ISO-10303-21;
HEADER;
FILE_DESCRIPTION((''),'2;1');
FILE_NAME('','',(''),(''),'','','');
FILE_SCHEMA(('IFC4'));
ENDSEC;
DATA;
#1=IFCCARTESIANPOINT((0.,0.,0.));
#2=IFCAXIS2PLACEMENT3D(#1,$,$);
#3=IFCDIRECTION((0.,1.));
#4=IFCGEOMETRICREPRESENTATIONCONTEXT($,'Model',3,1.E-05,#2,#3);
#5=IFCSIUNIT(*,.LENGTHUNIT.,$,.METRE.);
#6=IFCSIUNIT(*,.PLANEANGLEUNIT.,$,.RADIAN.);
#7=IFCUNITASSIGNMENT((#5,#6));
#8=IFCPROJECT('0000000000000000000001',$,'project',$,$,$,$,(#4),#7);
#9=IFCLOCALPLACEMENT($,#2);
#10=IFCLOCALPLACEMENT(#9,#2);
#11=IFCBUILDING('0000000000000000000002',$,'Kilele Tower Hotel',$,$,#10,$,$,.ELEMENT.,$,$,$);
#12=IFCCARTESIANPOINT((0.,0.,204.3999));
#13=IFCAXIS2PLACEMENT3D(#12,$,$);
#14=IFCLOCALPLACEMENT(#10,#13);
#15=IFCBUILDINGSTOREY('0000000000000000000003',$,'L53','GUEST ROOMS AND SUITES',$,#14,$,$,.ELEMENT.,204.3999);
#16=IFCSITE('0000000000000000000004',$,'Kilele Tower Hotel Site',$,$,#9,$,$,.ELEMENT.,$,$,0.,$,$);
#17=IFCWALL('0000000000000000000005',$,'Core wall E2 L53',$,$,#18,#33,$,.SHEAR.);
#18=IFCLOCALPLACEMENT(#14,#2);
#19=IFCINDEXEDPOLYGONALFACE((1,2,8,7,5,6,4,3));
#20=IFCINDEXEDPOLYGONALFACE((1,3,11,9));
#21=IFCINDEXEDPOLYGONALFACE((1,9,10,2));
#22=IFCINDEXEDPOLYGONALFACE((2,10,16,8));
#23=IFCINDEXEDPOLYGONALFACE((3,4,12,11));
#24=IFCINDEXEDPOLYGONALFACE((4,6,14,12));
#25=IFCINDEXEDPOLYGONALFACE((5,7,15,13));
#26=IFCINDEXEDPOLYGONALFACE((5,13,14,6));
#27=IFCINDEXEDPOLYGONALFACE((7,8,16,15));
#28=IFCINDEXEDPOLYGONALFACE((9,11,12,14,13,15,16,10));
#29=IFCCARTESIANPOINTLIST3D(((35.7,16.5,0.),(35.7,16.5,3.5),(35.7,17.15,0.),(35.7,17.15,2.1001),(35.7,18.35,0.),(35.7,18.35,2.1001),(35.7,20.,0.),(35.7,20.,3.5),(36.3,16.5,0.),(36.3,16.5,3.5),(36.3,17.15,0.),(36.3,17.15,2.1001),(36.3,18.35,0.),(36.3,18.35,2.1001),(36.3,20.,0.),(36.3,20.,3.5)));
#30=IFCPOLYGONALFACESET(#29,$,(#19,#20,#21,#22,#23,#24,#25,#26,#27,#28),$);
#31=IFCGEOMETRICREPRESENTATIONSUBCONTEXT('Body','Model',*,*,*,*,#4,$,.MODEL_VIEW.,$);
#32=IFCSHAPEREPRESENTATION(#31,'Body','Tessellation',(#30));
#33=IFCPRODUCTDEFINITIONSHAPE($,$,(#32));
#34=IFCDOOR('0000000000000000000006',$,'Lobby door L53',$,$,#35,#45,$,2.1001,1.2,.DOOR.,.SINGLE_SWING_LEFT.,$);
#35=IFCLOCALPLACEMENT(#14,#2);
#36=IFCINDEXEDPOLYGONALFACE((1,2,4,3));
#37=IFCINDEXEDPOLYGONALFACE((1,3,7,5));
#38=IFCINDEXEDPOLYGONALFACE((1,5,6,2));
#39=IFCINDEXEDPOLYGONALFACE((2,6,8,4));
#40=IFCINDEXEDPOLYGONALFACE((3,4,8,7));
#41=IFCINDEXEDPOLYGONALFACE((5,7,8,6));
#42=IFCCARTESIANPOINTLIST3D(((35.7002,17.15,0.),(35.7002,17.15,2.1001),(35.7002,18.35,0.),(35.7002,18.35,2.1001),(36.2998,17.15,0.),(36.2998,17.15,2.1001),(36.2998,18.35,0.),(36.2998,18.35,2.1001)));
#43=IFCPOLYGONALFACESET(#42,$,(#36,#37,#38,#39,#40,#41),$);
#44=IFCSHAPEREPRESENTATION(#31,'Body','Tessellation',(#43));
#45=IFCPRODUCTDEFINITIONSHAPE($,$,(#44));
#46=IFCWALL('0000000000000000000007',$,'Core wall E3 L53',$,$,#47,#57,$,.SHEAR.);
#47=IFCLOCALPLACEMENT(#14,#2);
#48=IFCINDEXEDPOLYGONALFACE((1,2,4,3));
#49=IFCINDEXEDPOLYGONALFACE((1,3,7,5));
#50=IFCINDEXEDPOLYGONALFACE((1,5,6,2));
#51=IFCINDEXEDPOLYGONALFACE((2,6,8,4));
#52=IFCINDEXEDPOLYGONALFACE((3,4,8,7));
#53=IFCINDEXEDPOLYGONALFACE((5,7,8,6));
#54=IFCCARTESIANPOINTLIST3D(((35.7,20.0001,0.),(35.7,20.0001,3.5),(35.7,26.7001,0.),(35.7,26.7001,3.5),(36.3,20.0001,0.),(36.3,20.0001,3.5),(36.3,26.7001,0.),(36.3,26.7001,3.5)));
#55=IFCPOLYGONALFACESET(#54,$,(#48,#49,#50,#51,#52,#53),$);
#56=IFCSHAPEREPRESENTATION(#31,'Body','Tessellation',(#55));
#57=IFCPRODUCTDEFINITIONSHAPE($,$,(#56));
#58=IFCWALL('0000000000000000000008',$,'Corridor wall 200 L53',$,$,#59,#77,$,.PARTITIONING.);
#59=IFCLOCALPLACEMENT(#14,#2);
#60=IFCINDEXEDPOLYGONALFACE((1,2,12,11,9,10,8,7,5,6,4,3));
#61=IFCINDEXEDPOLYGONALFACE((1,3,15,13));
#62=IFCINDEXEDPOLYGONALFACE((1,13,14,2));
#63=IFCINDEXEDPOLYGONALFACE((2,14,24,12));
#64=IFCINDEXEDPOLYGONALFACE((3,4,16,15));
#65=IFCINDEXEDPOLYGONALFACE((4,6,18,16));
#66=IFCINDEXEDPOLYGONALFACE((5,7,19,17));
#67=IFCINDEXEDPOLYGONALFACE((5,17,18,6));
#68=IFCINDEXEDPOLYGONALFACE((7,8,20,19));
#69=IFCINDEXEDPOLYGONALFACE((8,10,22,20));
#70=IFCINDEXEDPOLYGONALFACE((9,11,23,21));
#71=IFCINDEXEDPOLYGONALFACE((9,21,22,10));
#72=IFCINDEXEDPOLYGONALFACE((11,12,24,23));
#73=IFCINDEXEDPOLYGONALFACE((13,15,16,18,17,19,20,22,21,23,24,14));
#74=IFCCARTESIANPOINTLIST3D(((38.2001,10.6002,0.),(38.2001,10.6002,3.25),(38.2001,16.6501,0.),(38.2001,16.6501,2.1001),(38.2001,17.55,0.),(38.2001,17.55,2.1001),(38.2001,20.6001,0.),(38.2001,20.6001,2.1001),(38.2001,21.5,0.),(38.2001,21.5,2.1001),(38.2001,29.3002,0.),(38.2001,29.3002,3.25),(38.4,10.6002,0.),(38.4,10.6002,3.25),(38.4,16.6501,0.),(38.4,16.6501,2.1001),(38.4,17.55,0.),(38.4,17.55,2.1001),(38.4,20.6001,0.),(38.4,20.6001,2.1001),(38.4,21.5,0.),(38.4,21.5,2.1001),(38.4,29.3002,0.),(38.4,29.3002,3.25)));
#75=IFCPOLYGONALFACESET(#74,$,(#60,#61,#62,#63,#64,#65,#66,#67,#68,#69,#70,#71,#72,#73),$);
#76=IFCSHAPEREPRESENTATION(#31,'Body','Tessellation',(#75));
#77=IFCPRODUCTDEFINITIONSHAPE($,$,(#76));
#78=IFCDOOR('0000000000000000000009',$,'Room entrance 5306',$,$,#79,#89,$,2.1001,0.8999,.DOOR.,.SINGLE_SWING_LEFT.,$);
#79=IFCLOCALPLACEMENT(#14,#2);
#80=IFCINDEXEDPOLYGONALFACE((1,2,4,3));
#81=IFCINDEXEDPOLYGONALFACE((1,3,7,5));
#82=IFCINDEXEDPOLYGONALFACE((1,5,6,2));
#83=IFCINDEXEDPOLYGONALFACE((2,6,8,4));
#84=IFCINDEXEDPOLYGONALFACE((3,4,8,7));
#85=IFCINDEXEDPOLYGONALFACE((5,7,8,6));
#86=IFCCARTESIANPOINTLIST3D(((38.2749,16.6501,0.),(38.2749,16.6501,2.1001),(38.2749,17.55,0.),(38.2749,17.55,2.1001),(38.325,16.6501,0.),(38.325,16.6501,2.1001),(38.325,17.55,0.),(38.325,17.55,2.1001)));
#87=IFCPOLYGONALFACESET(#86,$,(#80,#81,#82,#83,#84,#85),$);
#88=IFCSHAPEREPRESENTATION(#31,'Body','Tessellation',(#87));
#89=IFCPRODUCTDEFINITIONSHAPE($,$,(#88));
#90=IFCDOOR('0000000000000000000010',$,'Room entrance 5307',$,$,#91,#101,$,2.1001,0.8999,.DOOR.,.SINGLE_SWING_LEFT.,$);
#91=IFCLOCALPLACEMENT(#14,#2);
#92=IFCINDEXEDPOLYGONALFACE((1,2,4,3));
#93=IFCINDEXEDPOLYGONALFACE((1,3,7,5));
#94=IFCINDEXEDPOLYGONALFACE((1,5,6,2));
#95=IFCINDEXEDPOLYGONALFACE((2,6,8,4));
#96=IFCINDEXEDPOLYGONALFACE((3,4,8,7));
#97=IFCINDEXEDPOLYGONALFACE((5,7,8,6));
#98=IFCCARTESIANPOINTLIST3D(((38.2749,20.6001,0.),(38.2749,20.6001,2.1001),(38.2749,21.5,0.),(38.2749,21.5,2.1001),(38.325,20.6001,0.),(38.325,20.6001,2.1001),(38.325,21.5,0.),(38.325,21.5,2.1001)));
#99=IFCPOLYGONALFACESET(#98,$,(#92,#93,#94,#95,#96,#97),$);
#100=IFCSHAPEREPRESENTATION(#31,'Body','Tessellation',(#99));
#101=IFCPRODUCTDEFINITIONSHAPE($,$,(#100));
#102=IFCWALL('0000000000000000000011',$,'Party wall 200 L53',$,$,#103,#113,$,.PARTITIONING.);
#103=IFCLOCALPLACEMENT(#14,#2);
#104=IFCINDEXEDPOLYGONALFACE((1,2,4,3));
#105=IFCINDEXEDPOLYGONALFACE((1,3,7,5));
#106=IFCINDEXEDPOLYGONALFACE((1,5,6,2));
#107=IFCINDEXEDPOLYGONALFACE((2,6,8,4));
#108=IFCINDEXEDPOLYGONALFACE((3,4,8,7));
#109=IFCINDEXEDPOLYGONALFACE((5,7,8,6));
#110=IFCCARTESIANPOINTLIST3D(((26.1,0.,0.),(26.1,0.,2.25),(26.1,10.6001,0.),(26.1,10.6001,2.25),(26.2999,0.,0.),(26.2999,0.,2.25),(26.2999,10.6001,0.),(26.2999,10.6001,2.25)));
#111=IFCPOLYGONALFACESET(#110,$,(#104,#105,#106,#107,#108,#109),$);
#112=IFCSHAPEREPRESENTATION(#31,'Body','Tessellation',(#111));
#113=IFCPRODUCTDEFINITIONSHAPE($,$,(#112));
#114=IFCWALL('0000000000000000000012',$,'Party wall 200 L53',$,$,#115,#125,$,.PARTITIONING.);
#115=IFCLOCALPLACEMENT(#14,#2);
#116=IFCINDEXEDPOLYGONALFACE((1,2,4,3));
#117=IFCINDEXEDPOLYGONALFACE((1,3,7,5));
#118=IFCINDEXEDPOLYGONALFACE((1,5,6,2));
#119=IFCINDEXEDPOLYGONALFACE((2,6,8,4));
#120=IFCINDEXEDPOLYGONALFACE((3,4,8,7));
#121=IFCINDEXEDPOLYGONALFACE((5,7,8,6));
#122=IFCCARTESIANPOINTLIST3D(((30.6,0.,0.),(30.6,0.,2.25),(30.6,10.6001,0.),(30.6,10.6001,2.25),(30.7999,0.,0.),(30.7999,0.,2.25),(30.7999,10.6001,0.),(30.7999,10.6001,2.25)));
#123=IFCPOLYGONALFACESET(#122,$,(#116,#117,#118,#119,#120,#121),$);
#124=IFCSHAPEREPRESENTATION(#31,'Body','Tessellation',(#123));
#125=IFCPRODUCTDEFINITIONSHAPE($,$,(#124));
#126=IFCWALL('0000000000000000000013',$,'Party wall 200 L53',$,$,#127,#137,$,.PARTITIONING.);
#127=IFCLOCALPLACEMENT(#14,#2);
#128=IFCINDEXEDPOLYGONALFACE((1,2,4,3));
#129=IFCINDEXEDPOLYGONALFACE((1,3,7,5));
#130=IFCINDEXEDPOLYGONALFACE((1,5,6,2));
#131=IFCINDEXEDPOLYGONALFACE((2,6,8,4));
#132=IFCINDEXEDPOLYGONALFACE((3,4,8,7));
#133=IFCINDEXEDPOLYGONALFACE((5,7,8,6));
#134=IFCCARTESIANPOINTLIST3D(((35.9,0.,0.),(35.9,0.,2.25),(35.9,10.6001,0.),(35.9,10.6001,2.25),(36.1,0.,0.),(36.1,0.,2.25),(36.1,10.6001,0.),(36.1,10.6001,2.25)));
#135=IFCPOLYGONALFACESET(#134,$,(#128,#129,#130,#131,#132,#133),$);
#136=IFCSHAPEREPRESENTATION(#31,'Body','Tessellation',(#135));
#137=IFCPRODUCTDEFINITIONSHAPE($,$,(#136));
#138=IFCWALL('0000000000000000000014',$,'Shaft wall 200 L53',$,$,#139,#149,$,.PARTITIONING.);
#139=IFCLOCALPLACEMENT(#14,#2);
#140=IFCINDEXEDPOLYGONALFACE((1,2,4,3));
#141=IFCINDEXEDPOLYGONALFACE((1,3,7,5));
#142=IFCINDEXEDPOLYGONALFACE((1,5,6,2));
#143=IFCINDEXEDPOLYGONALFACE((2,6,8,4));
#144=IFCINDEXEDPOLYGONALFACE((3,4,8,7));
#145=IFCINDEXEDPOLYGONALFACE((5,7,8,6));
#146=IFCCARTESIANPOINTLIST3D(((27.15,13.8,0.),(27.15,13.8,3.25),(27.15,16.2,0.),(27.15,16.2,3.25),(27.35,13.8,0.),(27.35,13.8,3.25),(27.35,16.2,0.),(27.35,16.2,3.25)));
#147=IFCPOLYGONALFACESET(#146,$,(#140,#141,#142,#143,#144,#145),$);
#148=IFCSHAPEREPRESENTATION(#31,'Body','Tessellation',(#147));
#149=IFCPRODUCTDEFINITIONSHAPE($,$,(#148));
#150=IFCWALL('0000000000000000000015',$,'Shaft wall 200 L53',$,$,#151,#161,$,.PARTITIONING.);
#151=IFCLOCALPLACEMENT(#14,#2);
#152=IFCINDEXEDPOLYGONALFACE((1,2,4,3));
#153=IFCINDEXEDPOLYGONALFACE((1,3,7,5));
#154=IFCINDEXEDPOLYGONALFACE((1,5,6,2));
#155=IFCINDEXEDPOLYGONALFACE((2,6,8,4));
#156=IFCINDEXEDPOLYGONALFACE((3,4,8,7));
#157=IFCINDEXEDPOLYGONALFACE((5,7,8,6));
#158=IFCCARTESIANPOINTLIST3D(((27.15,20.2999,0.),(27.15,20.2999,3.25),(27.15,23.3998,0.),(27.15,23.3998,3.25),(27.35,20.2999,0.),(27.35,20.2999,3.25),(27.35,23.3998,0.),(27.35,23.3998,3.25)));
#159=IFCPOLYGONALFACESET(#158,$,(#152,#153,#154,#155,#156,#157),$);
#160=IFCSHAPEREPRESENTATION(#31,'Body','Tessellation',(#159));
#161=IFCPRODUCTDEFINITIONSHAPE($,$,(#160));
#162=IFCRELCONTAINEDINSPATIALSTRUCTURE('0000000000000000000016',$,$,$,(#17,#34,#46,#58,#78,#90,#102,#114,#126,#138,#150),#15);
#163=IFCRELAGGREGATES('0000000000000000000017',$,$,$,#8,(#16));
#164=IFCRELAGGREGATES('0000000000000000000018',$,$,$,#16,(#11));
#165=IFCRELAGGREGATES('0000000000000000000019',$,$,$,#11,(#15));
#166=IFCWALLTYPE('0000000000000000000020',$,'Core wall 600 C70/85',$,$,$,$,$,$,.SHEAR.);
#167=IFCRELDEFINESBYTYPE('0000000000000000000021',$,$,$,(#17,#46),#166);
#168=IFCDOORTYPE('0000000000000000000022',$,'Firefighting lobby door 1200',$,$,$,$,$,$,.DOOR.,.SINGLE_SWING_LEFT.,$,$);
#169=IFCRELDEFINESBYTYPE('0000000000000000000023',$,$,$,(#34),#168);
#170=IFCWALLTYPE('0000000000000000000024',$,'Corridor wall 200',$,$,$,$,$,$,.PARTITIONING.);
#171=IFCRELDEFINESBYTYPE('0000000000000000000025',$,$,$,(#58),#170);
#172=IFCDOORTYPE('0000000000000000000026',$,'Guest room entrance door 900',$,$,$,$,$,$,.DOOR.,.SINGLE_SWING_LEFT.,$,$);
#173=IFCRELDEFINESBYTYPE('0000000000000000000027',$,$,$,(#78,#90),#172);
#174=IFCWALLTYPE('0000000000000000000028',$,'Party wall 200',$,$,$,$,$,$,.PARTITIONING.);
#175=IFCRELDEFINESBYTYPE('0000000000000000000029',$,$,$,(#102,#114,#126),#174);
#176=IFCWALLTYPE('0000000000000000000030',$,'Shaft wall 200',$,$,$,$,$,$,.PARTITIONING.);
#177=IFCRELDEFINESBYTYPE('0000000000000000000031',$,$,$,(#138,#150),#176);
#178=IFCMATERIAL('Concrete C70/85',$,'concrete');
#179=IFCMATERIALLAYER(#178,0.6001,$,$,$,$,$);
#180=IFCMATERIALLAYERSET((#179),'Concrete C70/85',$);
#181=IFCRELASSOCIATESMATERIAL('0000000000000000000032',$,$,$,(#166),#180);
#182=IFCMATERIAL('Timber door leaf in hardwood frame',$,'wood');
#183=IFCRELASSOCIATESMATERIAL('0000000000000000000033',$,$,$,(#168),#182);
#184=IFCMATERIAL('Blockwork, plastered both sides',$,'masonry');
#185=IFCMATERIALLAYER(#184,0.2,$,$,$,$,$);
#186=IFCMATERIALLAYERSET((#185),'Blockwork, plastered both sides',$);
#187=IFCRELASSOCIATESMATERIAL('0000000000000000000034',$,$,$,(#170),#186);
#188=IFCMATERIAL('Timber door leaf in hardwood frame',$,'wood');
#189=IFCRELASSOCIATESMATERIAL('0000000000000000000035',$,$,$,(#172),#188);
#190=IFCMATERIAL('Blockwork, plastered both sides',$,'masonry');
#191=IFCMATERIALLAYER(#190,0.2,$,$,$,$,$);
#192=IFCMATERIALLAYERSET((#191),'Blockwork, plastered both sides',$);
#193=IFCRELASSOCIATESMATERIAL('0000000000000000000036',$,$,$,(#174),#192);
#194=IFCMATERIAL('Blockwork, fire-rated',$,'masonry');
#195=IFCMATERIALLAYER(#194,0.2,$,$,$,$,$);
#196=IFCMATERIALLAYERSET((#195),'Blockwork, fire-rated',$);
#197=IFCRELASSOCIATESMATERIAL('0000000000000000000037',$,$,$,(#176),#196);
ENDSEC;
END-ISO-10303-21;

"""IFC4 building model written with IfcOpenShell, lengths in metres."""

from ifc_helpers import new_model, si_unit, direction, frame, frame_2d, origin, place, context, subcontext, project, spatial, rectangle, extrude, material, layer, layer_set, type_object, element, fill, save


model = new_model("IFC4")

# Units and contexts
model_context = context("Model", 3, precision=1e-05, world=origin(), true_north=direction((0.0, 1.0)))
body_context = subcontext(model_context, "Body", "Model", "MODEL_VIEW")
ifc_project = project(units=[si_unit("LENGTHUNIT", "METRE"), si_unit("PLANEANGLEUNIT", "RADIAN")], contexts=[model_context])

# Site, building, storey
site_placement = place(None, origin())
site = spatial("IfcSite", under=ifc_project, at=site_placement, Name="Kilele Tower Hotel Site", CompositionType="ELEMENT", RefElevation=0.0)
building_placement = place(site_placement, origin())
building = spatial("IfcBuilding", under=site, at=building_placement, Name="Kilele Tower Hotel", CompositionType="ELEMENT")
storey_placement = place(building_placement, frame((0.0, 0.0, 204.3999)))
storey = spatial("IfcBuildingStorey", under=building, at=storey_placement, Name="L53", Description="GUEST ROOMS AND SUITES", CompositionType="ELEMENT", Elevation=204.3999)

# Shared definitions
ifc_material_1 = material(Name="Concrete C70/85", Category="concrete")
ifc_layer_1 = layer(ifc_material_1, 0.6001)
ifc_layer_set_1 = layer_set([ifc_layer_1], Name="Concrete C70/85")
wall_type_1 = type_object("IfcWallType", Name="Core wall 600 C70/85", PredefinedType="SHEAR", material=ifc_layer_set_1)
ifc_material_2 = material(Name="Timber door leaf in hardwood frame", Category="wood")
door_type_1 = type_object("IfcDoorType", Name="Firefighting lobby door 1200", OperationType="SINGLE_SWING_LEFT", PredefinedType="DOOR", material=ifc_material_2)

# Wall, opening, door
wall_1_placement = place(storey_placement, frame((36.0, 16.5, 0.0), z_axis=(0.0, 0.0, 1.0), x_axis=(0.0, 1.0, 0.0)))
wall_1 = element("IfcWall", 1, at=wall_1_placement, inside=storey, type_object=wall_type_1, Name="Core wall E2 L53", PredefinedType="SHEAR", context=body_context, shape_type="SweptSolid", body=[
    extrude(rectangle(XDim=3.5, YDim=0.6001, at=frame_2d((1.75, 0.0))), origin(), (0.0, 0.0, 1.0), 3.5),
])
opening_1_placement = place(wall_1_placement, frame((0.6499, 0.0, 0.0)))
opening_1 = element("IfcOpeningElement", 2, at=opening_1_placement, cuts=wall_1, PredefinedType="OPENING", context=body_context, shape_type="SweptSolid", body=[
    extrude(rectangle(XDim=1.2, YDim=2.1001, at=frame_2d((0.6001, 1.05))), frame((0.0, 0.3101, 0.0), z_axis=(0.0, -1.0, 0.0), x_axis=(1.0, 0.0, 0.0)), (0.0, 0.0, 1.0), 0.6201),
])
door_1_placement = place(opening_1_placement, origin())
door_1 = element("IfcDoor", 3, at=door_1_placement, inside=storey, type_object=door_type_1, Name="Lobby door L53", OperationType="SINGLE_SWING_LEFT", OverallHeight=2.1001, OverallWidth=1.2, PredefinedType="DOOR", context=body_context, shape_type="SweptSolid", body=[
    extrude(rectangle(XDim=1.2, YDim=2.1001, at=frame_2d((0.6001, 1.05))), frame((0.0, 0.2998, 0.0), z_axis=(0.0, -1.0, 0.0), x_axis=(1.0, 0.0, 0.0)), (0.0, 0.0, 1.0), 0.5996),
])
fill(opening_1, door_1)

# Wall
wall_2_placement = place(storey_placement, frame((36.0, 20.0, 0.0), z_axis=(0.0, 0.0, 1.0), x_axis=(0.0, 1.0, 0.0)))
element("IfcWall", 4, at=wall_2_placement, inside=storey, type_object=wall_type_1, Name="Core wall E3 L53", PredefinedType="SHEAR", context=body_context, shape_type="SweptSolid", body=[
    extrude(rectangle(XDim=6.7, YDim=0.6001, at=frame_2d((3.3501, 0.0))), origin(), (0.0, 0.0, 1.0), 3.5),
])

# Wall, openings, doors
ifc_material_3 = material(Name="Blockwork, plastered both sides", Category="masonry")
ifc_layer_2 = layer(ifc_material_3, 0.2)
ifc_layer_set_2 = layer_set([ifc_layer_2], Name="Blockwork, plastered both sides")
wall_type_2 = type_object("IfcWallType", Name="Corridor wall 200", PredefinedType="PARTITIONING", material=ifc_layer_set_2)
wall_3_placement = place(storey_placement, frame((38.3, 10.6001, 0.0), z_axis=(0.0, 0.0, 1.0), x_axis=(0.0, 1.0, 0.0)))
wall_3 = element("IfcWall", 5, at=wall_3_placement, inside=storey, type_object=wall_type_2, Name="Corridor wall 200 L53", PredefinedType="PARTITIONING", context=body_context, shape_type="SweptSolid", body=[
    extrude(rectangle(XDim=18.7, YDim=0.2, at=frame_2d((9.3501, 0.0))), origin(), (0.0, 0.0, 1.0), 3.25),
])
opening_2_placement = place(wall_3_placement, frame((6.95, 0.0, 0.0), z_axis=(0.0, 0.0, 1.0), x_axis=(-1.0, 0.0, 0.0)))
opening_2 = element("IfcOpeningElement", 6, at=opening_2_placement, cuts=wall_3, PredefinedType="OPENING", context=body_context, shape_type="SweptSolid", body=[
    extrude(rectangle(XDim=0.8999, YDim=2.1001, at=frame_2d((0.45, 1.05))), frame((0.0, 0.1099, 0.0), z_axis=(0.0, -1.0, 0.0), x_axis=(1.0, 0.0, 0.0)), (0.0, 0.0, 1.0), 0.22),
])
opening_3_placement = place(wall_3_placement, frame((10.8999, 0.0, 0.0), z_axis=(0.0, 0.0, 1.0), x_axis=(-1.0, 0.0, 0.0)))
opening_3 = element("IfcOpeningElement", 7, at=opening_3_placement, cuts=wall_3, PredefinedType="OPENING", context=body_context, shape_type="SweptSolid", body=[
    extrude(rectangle(XDim=0.8999, YDim=2.1001, at=frame_2d((0.45, 1.05))), frame((0.0, 0.1099, 0.0), z_axis=(0.0, -1.0, 0.0), x_axis=(1.0, 0.0, 0.0)), (0.0, 0.0, 1.0), 0.22),
])
ifc_material_4 = material(Name="Timber door leaf in hardwood frame", Category="wood")
door_type_2 = type_object("IfcDoorType", Name="Guest room entrance door 900", OperationType="SINGLE_SWING_LEFT", PredefinedType="DOOR", material=ifc_material_4)
door_2_placement = place(opening_2_placement, origin())
door_2 = element("IfcDoor", 8, at=door_2_placement, inside=storey, type_object=door_type_2, Name="Room entrance 5306", OperationType="SINGLE_SWING_LEFT", OverallHeight=2.1001, OverallWidth=0.8999, PredefinedType="DOOR", context=body_context, shape_type="SweptSolid", body=[
    extrude(rectangle(XDim=0.8999, YDim=2.1001, at=frame_2d((0.45, 1.05))), frame((0.0, 0.0249, 0.0), z_axis=(0.0, -1.0, 0.0), x_axis=(1.0, 0.0, 0.0)), (0.0, 0.0, 1.0), 0.05),
])
fill(opening_2, door_2)
door_3_placement = place(opening_3_placement, origin())
door_3 = element("IfcDoor", 9, at=door_3_placement, inside=storey, type_object=door_type_2, Name="Room entrance 5307", OperationType="SINGLE_SWING_LEFT", OverallHeight=2.1001, OverallWidth=0.8999, PredefinedType="DOOR", context=body_context, shape_type="SweptSolid", body=[
    extrude(rectangle(XDim=0.8999, YDim=2.1001, at=frame_2d((0.45, 1.05))), frame((0.0, 0.0249, 0.0), z_axis=(0.0, -1.0, 0.0), x_axis=(1.0, 0.0, 0.0)), (0.0, 0.0, 1.0), 0.05),
])
fill(opening_3, door_3)

# Walls
ifc_material_5 = material(Name="Blockwork, plastered both sides", Category="masonry")
ifc_layer_3 = layer(ifc_material_5, 0.2)
ifc_layer_set_3 = layer_set([ifc_layer_3], Name="Blockwork, plastered both sides")
wall_type_3 = type_object("IfcWallType", Name="Party wall 200", PredefinedType="PARTITIONING", material=ifc_layer_set_3)
for number, where, z_axis, x_axis, name in (
    (10, (26.2, 10.6001, 0.0), (0.0, 0.0, 1.0), (0.0, -1.0, 0.0), "Party wall 200 L53"),
    (11, (30.7, 10.6001, 0.0), (0.0, 0.0, 1.0), (0.0, -1.0, 0.0), "Party wall 200 L53"),
    (12, (36.0, 10.6001, 0.0), (0.0, 0.0, 1.0), (0.0, -1.0, 0.0), "Party wall 200 L53"),
):
    element("IfcWall", number, at=place(storey_placement, frame(where, z_axis=z_axis, x_axis=x_axis)), inside=storey, type_object=wall_type_3, Name=name, PredefinedType="PARTITIONING", context=body_context, shape_type="SweptSolid", body=[
        extrude(rectangle(XDim=10.6001, YDim=0.2, at=frame_2d((5.3, 0.0))), origin(), (0.0, 0.0, 1.0), 2.25),
    ])
ifc_material_6 = material(Name="Blockwork, fire-rated", Category="masonry")
ifc_layer_4 = layer(ifc_material_6, 0.2)
ifc_layer_set_4 = layer_set([ifc_layer_4], Name="Blockwork, fire-rated")
wall_type_4 = type_object("IfcWallType", Name="Shaft wall 200", PredefinedType="PARTITIONING", material=ifc_layer_set_4)
wall_4_placement = place(storey_placement, frame((27.25, 13.8, 0.0), z_axis=(0.0, 0.0, 1.0), x_axis=(0.0, 1.0, 0.0)))
element("IfcWall", 13, at=wall_4_placement, inside=storey, type_object=wall_type_4, Name="Shaft wall 200 L53", PredefinedType="PARTITIONING", context=body_context, shape_type="SweptSolid", body=[
    extrude(rectangle(XDim=2.3999, YDim=0.2, at=frame_2d((1.2, 0.0))), origin(), (0.0, 0.0, 1.0), 3.25),
])
wall_5_placement = place(storey_placement, frame((27.25, 20.3, 0.0), z_axis=(0.0, 0.0, 1.0), x_axis=(0.0, 1.0, 0.0)))
element("IfcWall", 14, at=wall_5_placement, inside=storey, type_object=wall_type_4, Name="Shaft wall 200 L53", PredefinedType="PARTITIONING", context=body_context, shape_type="SweptSolid", body=[
    extrude(rectangle(XDim=3.0999, YDim=0.2, at=frame_2d((1.5498, 0.0))), origin(), (0.0, 0.0, 1.0), 3.25),
])

save(model, "model.ifc")
